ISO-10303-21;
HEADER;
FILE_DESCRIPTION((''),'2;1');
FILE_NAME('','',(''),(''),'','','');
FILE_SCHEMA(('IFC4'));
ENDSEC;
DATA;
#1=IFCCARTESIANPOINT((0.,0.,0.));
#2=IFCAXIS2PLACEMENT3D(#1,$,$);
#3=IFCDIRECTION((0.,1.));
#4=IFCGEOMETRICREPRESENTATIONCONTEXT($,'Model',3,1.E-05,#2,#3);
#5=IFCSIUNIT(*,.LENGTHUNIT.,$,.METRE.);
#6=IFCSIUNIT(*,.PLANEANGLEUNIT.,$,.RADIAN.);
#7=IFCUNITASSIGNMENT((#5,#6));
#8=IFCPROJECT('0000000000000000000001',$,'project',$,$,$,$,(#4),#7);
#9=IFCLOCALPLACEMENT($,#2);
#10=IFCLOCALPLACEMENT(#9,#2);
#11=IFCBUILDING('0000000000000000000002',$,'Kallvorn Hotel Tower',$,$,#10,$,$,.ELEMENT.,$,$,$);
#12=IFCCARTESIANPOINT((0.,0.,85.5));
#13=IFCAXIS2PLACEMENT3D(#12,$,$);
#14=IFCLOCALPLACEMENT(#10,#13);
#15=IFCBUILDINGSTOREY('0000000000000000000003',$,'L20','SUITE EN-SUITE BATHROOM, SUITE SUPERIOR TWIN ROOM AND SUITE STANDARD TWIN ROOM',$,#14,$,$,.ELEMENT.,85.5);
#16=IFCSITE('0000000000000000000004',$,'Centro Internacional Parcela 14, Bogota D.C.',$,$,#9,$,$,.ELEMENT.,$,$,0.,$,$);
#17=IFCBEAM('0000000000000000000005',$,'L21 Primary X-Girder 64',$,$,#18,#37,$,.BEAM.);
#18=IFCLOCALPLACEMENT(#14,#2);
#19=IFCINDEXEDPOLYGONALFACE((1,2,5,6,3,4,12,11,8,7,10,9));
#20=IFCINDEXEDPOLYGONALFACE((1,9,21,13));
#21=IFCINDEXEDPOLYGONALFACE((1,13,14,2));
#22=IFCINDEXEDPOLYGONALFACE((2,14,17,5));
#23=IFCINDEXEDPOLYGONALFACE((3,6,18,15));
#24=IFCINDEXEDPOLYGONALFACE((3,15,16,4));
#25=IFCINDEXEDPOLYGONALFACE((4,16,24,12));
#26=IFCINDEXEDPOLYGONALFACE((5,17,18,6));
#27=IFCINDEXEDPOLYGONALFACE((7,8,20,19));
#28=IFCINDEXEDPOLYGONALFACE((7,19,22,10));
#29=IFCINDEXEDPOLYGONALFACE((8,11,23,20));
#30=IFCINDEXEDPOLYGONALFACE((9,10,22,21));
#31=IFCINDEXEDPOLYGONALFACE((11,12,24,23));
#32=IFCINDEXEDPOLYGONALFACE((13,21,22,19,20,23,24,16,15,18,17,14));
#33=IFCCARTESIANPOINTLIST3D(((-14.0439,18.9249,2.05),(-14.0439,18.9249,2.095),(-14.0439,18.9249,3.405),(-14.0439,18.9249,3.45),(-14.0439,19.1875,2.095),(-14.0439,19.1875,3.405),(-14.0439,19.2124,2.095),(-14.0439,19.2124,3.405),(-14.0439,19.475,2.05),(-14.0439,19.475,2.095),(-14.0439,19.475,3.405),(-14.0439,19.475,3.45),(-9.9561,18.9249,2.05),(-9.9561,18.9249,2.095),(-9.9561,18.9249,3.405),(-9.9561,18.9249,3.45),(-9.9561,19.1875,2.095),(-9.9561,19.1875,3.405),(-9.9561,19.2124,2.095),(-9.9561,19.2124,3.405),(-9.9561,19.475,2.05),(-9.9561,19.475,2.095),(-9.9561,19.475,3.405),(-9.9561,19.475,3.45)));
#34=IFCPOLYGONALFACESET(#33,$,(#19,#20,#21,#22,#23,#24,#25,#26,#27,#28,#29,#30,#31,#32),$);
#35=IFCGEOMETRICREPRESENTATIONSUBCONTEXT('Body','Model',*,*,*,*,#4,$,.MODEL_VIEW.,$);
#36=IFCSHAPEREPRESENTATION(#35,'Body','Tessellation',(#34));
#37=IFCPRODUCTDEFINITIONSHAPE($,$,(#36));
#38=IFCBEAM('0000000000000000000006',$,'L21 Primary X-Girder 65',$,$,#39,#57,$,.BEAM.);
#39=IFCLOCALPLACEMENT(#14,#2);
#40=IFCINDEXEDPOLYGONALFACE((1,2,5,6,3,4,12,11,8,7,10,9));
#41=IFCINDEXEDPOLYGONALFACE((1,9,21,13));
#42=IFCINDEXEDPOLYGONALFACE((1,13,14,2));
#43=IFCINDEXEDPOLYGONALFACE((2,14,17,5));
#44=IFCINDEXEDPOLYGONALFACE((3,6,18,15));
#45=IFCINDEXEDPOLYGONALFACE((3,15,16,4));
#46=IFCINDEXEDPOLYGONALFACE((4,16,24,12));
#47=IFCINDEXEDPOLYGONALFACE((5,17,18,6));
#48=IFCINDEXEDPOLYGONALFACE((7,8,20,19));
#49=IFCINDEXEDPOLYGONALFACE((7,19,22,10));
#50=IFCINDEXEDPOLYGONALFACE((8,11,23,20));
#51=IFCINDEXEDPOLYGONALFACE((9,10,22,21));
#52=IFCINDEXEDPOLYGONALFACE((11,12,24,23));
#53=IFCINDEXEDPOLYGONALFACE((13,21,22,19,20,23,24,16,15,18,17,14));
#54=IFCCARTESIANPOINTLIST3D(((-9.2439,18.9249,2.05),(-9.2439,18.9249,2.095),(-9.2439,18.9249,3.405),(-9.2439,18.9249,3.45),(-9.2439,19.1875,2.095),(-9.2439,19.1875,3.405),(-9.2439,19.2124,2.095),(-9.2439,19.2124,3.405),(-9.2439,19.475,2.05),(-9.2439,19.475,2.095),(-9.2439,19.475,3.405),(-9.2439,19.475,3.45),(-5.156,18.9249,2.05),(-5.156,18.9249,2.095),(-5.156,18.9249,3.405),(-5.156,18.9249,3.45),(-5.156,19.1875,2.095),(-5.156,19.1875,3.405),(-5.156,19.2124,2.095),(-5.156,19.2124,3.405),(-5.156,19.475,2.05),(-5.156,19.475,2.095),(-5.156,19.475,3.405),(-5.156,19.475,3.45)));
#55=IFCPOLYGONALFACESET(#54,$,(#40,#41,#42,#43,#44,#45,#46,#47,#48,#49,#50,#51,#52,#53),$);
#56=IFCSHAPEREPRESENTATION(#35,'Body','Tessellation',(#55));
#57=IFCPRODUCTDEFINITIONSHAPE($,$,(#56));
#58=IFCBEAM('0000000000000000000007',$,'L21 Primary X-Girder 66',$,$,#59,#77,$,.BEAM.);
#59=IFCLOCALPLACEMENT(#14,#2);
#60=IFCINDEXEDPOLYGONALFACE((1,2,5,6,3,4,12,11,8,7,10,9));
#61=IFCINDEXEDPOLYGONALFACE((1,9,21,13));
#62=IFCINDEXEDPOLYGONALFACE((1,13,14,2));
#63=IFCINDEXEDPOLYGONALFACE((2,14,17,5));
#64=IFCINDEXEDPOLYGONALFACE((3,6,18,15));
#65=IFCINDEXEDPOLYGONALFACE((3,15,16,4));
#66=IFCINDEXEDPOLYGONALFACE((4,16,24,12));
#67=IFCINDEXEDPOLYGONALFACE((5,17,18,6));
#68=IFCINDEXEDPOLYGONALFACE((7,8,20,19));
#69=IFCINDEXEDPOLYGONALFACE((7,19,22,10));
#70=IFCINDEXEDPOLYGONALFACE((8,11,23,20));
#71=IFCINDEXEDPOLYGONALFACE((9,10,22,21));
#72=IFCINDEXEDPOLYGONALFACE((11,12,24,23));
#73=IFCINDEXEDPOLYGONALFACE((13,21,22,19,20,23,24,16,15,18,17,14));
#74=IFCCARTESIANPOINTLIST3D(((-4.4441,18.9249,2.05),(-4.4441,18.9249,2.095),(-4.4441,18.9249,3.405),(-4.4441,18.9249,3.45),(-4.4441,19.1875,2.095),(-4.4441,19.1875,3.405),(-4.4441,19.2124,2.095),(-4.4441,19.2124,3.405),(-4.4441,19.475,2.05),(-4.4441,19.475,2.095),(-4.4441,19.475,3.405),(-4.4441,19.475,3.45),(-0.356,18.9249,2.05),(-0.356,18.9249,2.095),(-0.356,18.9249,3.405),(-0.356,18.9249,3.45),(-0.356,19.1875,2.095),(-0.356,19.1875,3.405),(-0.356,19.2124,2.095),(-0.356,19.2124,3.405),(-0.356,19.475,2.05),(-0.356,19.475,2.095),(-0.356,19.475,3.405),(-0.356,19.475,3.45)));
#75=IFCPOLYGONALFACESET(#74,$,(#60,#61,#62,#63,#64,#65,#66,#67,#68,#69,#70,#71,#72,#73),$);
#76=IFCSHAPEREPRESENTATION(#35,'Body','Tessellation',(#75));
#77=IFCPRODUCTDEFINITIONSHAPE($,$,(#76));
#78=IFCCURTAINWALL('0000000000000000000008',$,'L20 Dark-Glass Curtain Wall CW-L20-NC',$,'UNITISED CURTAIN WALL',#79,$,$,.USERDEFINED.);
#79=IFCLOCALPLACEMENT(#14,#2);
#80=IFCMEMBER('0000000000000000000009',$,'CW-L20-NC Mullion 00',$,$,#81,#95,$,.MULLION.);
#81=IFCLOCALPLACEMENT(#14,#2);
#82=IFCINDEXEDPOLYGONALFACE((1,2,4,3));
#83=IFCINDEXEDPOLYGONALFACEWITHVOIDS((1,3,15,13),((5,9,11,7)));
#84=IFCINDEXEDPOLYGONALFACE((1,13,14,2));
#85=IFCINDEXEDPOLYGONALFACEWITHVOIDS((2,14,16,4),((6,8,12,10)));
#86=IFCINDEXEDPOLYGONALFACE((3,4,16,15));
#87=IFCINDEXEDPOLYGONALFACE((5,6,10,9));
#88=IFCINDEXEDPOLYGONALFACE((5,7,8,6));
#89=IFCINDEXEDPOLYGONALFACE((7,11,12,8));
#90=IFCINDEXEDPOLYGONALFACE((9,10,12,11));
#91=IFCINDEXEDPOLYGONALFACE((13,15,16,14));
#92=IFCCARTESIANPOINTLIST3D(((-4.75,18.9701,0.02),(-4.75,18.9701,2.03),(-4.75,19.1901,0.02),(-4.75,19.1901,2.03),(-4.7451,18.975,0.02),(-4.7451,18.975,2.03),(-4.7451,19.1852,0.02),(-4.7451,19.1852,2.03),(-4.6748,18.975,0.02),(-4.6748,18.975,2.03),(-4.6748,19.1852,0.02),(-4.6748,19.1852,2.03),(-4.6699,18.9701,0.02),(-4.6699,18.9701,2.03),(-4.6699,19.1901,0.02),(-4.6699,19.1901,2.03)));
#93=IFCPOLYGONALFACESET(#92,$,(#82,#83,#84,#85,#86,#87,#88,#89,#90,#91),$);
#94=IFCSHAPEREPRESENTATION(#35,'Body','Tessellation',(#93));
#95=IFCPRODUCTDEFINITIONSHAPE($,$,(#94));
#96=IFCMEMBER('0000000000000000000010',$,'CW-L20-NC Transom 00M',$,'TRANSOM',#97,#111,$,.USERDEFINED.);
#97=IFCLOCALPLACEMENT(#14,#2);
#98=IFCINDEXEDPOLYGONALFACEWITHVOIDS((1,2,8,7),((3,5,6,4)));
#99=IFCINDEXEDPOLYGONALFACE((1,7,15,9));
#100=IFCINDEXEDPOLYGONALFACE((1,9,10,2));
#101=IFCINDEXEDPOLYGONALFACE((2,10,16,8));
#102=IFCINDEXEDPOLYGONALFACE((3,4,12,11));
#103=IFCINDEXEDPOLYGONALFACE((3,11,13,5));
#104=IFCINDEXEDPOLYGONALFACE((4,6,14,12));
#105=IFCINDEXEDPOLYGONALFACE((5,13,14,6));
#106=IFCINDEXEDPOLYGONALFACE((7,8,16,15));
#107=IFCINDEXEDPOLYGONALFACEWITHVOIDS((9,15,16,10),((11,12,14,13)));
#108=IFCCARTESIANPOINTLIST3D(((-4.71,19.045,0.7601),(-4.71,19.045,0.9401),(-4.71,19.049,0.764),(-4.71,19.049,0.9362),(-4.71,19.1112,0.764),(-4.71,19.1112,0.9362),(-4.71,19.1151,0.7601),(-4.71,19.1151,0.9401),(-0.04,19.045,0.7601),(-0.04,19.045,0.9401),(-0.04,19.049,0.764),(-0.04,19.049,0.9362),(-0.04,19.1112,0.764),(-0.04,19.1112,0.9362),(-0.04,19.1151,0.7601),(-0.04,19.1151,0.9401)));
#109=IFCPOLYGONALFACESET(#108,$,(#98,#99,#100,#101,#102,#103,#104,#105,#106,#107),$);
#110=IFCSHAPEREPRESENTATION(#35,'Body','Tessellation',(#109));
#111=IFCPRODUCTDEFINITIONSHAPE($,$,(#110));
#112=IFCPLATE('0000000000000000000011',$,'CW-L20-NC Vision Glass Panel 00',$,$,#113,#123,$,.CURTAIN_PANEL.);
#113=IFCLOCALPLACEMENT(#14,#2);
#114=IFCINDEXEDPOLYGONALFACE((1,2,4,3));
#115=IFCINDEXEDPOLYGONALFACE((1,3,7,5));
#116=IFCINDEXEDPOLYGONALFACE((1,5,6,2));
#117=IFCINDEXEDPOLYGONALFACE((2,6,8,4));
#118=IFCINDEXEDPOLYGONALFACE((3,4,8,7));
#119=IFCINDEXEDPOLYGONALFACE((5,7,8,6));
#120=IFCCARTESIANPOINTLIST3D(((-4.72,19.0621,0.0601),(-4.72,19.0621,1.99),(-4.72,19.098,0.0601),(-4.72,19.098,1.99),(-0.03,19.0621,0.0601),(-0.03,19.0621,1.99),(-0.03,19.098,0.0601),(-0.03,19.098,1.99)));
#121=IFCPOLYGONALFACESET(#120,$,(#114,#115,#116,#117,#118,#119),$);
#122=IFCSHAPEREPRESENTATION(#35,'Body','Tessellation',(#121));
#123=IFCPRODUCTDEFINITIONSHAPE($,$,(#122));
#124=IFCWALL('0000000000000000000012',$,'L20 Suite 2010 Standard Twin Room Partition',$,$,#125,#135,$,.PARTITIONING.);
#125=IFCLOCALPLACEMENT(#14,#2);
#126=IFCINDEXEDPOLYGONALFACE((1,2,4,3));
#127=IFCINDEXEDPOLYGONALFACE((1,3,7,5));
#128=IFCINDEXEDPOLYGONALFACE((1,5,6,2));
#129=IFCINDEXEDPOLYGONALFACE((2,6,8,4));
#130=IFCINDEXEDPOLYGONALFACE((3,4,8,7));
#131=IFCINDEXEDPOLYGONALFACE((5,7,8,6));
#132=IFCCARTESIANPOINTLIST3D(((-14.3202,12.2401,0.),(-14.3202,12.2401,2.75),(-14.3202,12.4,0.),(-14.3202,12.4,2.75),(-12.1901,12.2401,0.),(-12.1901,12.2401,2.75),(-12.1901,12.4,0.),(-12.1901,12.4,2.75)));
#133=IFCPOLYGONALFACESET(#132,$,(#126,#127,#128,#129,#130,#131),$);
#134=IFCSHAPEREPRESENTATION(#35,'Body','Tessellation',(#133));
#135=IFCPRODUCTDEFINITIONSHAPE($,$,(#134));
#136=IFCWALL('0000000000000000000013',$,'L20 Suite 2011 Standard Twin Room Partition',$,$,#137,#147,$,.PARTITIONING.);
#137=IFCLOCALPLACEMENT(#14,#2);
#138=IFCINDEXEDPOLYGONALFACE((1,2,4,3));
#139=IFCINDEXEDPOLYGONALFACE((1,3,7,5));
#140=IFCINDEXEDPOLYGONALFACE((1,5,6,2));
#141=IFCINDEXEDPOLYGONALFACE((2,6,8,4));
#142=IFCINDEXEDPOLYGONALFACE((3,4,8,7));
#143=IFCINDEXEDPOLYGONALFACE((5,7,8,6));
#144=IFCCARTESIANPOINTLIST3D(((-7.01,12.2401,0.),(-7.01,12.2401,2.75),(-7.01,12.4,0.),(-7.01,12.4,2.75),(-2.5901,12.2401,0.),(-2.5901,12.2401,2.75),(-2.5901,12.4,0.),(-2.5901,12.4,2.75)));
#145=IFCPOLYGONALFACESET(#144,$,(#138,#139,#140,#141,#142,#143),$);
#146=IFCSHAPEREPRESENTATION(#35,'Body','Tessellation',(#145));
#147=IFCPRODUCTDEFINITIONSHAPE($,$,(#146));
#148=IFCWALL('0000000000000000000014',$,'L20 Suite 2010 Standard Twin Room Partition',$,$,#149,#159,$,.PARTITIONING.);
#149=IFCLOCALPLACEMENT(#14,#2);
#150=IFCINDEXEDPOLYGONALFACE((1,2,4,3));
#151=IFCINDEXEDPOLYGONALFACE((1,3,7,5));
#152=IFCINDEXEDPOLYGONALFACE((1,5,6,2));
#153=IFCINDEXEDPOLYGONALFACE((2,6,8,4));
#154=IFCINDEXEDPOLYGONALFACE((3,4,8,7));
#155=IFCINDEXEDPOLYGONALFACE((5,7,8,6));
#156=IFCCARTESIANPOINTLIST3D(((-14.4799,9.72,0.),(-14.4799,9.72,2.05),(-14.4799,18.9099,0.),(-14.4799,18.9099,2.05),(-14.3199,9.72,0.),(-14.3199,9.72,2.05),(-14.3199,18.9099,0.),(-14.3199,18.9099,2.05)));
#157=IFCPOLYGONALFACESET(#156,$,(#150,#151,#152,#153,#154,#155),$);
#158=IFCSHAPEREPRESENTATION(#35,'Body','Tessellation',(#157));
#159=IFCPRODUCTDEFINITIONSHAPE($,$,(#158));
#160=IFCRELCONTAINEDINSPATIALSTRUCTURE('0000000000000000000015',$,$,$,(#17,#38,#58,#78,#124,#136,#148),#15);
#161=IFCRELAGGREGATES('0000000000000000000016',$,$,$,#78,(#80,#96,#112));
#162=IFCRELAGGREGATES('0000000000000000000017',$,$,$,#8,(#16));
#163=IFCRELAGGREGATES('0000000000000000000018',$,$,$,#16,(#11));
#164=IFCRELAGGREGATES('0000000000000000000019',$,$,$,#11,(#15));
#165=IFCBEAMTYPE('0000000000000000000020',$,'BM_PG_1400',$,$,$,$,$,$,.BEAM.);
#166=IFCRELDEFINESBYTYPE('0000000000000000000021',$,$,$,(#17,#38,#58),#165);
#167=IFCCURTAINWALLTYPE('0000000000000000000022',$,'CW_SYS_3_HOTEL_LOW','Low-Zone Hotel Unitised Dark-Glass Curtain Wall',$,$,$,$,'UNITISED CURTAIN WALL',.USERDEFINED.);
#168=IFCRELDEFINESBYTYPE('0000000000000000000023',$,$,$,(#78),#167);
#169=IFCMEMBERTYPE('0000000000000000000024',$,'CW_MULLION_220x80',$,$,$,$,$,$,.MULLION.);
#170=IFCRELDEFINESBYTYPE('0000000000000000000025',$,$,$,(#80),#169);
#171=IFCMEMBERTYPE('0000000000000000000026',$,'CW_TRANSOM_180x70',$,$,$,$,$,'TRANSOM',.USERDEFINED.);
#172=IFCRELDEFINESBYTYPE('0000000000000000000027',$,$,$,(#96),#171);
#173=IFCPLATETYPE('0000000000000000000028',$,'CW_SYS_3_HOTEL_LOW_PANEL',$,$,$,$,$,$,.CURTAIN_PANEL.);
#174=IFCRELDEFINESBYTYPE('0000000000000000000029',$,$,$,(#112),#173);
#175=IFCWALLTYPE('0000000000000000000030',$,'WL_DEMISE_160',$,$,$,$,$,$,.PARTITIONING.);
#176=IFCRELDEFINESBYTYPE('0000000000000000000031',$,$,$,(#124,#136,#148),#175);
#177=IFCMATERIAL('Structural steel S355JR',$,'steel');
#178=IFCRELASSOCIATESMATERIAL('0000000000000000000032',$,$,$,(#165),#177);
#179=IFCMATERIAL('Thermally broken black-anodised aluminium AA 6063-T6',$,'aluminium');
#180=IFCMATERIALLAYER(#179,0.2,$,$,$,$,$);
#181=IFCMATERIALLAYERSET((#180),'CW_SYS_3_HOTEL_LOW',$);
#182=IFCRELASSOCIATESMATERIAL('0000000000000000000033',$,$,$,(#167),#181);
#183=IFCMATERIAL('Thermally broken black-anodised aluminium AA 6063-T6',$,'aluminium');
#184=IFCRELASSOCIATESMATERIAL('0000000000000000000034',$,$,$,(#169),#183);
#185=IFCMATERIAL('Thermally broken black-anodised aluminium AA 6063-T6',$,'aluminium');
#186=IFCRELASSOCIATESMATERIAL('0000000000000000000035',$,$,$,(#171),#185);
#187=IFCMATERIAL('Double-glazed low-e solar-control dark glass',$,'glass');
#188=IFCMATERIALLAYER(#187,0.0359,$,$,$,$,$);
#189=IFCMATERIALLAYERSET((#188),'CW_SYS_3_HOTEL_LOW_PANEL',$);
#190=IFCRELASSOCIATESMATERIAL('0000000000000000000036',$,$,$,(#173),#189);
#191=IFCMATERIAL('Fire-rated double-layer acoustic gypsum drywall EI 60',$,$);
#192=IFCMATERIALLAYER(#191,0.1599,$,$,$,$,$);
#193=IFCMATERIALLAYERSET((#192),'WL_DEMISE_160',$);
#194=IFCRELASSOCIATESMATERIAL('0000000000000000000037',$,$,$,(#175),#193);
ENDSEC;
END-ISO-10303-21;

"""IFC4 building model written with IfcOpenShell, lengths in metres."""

from ifc_helpers import new_model, si_unit, direction, frame, frame_2d, origin, origin_2d, place, context, subcontext, project, spatial, rectangle, hollow_rectangle, i_section, extrude, material, layer, layer_set, material_profile, profile_set, type_object, element, aggregate, save


model = new_model("IFC4")

# Units and contexts
model_context = context("Model", 3, precision=1e-05, world=origin(), true_north=direction((0.0, 1.0)))
body_context = subcontext(model_context, "Body", "Model", "MODEL_VIEW")
ifc_project = project(units=[si_unit("LENGTHUNIT", "METRE"), si_unit("PLANEANGLEUNIT", "RADIAN")], contexts=[model_context])

# Site, building, storey
site_placement = place(None, origin())
site = spatial("IfcSite", under=ifc_project, at=site_placement, Name="Centro Internacional Parcela 14, Bogota D.C.", CompositionType="ELEMENT", RefElevation=0.0)
building_placement = place(site_placement, origin())
building = spatial("IfcBuilding", under=site, at=building_placement, Name="Kallvorn Hotel Tower", CompositionType="ELEMENT")
storey_placement = place(building_placement, frame((0.0, 0.0, 85.5)))
storey = spatial("IfcBuildingStorey", under=building, at=storey_placement, Name="L20", Description="SUITE EN-SUITE BATHROOM, SUITE SUPERIOR TWIN ROOM AND SUITE STANDARD TWIN ROOM", CompositionType="ELEMENT", Elevation=85.5)

# Beams
ifc_material_1 = material(Name="Structural steel S355JR", Category="steel")
ifc_material_profile_1 = material_profile(ifc_material_1, i_section(OverallWidth=0.55, OverallDepth=1.3999, WebThickness=0.0249, FlangeThickness=0.0449, at=origin_2d()), Name="PG 1400x550x25x45")
ifc_profile_set_1 = profile_set([ifc_material_profile_1], Name="Structural steel S355JR")
beam_type_1 = type_object("IfcBeamType", Name="BM_PG_1400", PredefinedType="BEAM", material=ifc_profile_set_1)
for number, where, z_axis, x_axis, name in (
    (1, (-14.0439, 19.2, 2.75), (1.0, 0.0, 0.0), (0.0, 1.0, 0.0), "L21 Primary X-Girder 64"),
    (2, (-9.2439, 19.2, 2.75), (1.0, 0.0, 0.0), (0.0, 1.0, 0.0), "L21 Primary X-Girder 65"),
):
    element("IfcBeam", number, at=place(storey_placement, frame(where, z_axis=z_axis, x_axis=x_axis)), inside=storey, type_object=beam_type_1, Name=name, PredefinedType="BEAM", context=body_context, shape_type="SweptSolid", body=[
        extrude(i_section(OverallWidth=0.55, OverallDepth=1.3999, WebThickness=0.0249, FlangeThickness=0.0449, at=origin_2d()), origin(), (0.0, 0.0, 1.0), 4.0879),
    ])
beam_1_placement = place(storey_placement, frame((-4.4441, 19.2, 2.75), z_axis=(1.0, 0.0, 0.0), x_axis=(0.0, 1.0, 0.0)))
element("IfcBeam", 3, at=beam_1_placement, inside=storey, type_object=beam_type_1, Name="L21 Primary X-Girder 66", PredefinedType="BEAM", context=body_context, shape_type="SweptSolid", body=[
    extrude(i_section(OverallWidth=0.55, OverallDepth=1.3999, WebThickness=0.0249, FlangeThickness=0.0449, at=origin_2d()), origin(), (0.0, 0.0, 1.0), 4.0881),
])

# Curtain wall, members, plate
ifc_material_2 = material(Name="Thermally broken black-anodised aluminium AA 6063-T6", Category="aluminium")
ifc_layer_1 = layer(ifc_material_2, 0.2)
ifc_layer_set_1 = layer_set([ifc_layer_1], Name="CW_SYS_3_HOTEL_LOW")
curtain_wall_type = type_object("IfcCurtainWallType", Name="CW_SYS_3_HOTEL_LOW", Description="Low-Zone Hotel Unitised Dark-Glass Curtain Wall", ElementType="UNITISED CURTAIN WALL", PredefinedType="USERDEFINED", material=ifc_layer_set_1)
curtain_wall_placement = place(storey_placement, origin())
curtain_wall = element("IfcCurtainWall", 4, at=curtain_wall_placement, inside=storey, type_object=curtain_wall_type, Name="L20 Dark-Glass Curtain Wall CW-L20-NC", ObjectType="UNITISED CURTAIN WALL", PredefinedType="USERDEFINED")
ifc_material_3 = material(Name="Thermally broken black-anodised aluminium AA 6063-T6", Category="aluminium")
ifc_material_profile_2 = material_profile(ifc_material_3, hollow_rectangle(XDim=0.0801, YDim=0.22, WallThickness=0.0049, at=origin_2d()), Name="MUL 220x80")
ifc_profile_set_2 = profile_set([ifc_material_profile_2], Name="Thermally broken black-anodised aluminium AA 6063-T6")
member_type_1 = type_object("IfcMemberType", Name="CW_MULLION_220x80", PredefinedType="MULLION", material=ifc_profile_set_2)
member_1_placement = place(storey_placement, frame((-4.71, 19.0801, 0.02), z_axis=(0.0, 0.0, 1.0), x_axis=(1.0, 0.0, 0.0)))
member_1 = element("IfcMember", 5, at=member_1_placement, type_object=member_type_1, Name="CW-L20-NC Mullion 00", PredefinedType="MULLION", context=body_context, shape_type="SweptSolid", body=[
    extrude(hollow_rectangle(XDim=0.0801, YDim=0.22, WallThickness=0.0049, at=origin_2d()), origin(), (0.0, 0.0, 1.0), 2.01),
])
ifc_material_4 = material(Name="Thermally broken black-anodised aluminium AA 6063-T6", Category="aluminium")
ifc_material_profile_3 = material_profile(ifc_material_4, hollow_rectangle(XDim=0.0701, YDim=0.1799, WallThickness=0.0039, at=origin_2d()), Name="TRN 180x70")
ifc_profile_set_3 = profile_set([ifc_material_profile_3], Name="Thermally broken black-anodised aluminium AA 6063-T6")
member_type_2 = type_object("IfcMemberType", Name="CW_TRANSOM_180x70", ElementType="TRANSOM", PredefinedType="USERDEFINED", material=ifc_profile_set_3)
member_2_placement = place(storey_placement, frame((-4.71, 19.0801, 0.8501), z_axis=(1.0, 0.0, 0.0), x_axis=(0.0, 1.0, 0.0)))
member_2 = element("IfcMember", 6, at=member_2_placement, type_object=member_type_2, Name="CW-L20-NC Transom 00M", ObjectType="TRANSOM", PredefinedType="USERDEFINED", context=body_context, shape_type="SweptSolid", body=[
    extrude(hollow_rectangle(XDim=0.0701, YDim=0.1799, WallThickness=0.0039, at=origin_2d()), origin(), (0.0, 0.0, 1.0), 4.6699),
])
ifc_material_5 = material(Name="Double-glazed low-e solar-control dark glass", Category="glass")
ifc_layer_2 = layer(ifc_material_5, 0.0359)
ifc_layer_set_2 = layer_set([ifc_layer_2], Name="CW_SYS_3_HOTEL_LOW_PANEL")
plate_type = type_object("IfcPlateType", Name="CW_SYS_3_HOTEL_LOW_PANEL", PredefinedType="CURTAIN_PANEL", material=ifc_layer_set_2)
plate_placement = place(storey_placement, frame((-2.375, 19.0801, 0.0601), z_axis=(0.0, 0.0, 1.0), x_axis=(1.0, 0.0, 0.0)))
plate = element("IfcPlate", 7, at=plate_placement, type_object=plate_type, Name="CW-L20-NC Vision Glass Panel 00", PredefinedType="CURTAIN_PANEL", context=body_context, shape_type="SweptSolid", body=[
    extrude(rectangle(XDim=4.6899, YDim=0.0359, at=origin_2d()), origin(), (0.0, 0.0, 1.0), 1.9299),
])
aggregate(curtain_wall, [member_1, member_2, plate])

# Walls
ifc_material_6 = material(Name="Fire-rated double-layer acoustic gypsum drywall EI 60")
ifc_layer_3 = layer(ifc_material_6, 0.1599)
ifc_layer_set_3 = layer_set([ifc_layer_3], Name="WL_DEMISE_160")
wall_type = type_object("IfcWallType", Name="WL_DEMISE_160", PredefinedType="PARTITIONING", material=ifc_layer_set_3)
wall_1_placement = place(storey_placement, frame((-14.3201, 12.3201, 0.0), z_axis=(0.0, 0.0, 1.0), x_axis=(1.0, 0.0, 0.0)))
element("IfcWall", 8, at=wall_1_placement, inside=storey, type_object=wall_type, Name="L20 Suite 2010 Standard Twin Room Partition", PredefinedType="PARTITIONING", context=body_context, shape_type="SweptSolid", body=[
    extrude(rectangle(XDim=2.1301, YDim=0.1599, at=frame_2d((1.0649, 0.0))), origin(), (0.0, 0.0, 1.0), 2.75),
])
wall_2_placement = place(storey_placement, frame((-7.01, 12.3201, 0.0), z_axis=(0.0, 0.0, 1.0), x_axis=(1.0, 0.0, 0.0)))
element("IfcWall", 9, at=wall_2_placement, inside=storey, type_object=wall_type, Name="L20 Suite 2011 Standard Twin Room Partition", PredefinedType="PARTITIONING", context=body_context, shape_type="SweptSolid", body=[
    extrude(rectangle(XDim=4.4199, YDim=0.1599, at=frame_2d((2.21, 0.0))), origin(), (0.0, 0.0, 1.0), 2.75),
])
wall_3_placement = place(storey_placement, frame((-14.3999, 9.72, 0.0), z_axis=(0.0, 0.0, 1.0), x_axis=(0.0, 1.0, 0.0)))
element("IfcWall", 10, at=wall_3_placement, inside=storey, type_object=wall_type, Name="L20 Suite 2010 Standard Twin Room Partition", PredefinedType="PARTITIONING", context=body_context, shape_type="SweptSolid", body=[
    extrude(rectangle(XDim=9.1899, YDim=0.1599, at=frame_2d((4.595, 0.0))), origin(), (0.0, 0.0, 1.0), 2.05),
])

save(model, "model.ifc")
